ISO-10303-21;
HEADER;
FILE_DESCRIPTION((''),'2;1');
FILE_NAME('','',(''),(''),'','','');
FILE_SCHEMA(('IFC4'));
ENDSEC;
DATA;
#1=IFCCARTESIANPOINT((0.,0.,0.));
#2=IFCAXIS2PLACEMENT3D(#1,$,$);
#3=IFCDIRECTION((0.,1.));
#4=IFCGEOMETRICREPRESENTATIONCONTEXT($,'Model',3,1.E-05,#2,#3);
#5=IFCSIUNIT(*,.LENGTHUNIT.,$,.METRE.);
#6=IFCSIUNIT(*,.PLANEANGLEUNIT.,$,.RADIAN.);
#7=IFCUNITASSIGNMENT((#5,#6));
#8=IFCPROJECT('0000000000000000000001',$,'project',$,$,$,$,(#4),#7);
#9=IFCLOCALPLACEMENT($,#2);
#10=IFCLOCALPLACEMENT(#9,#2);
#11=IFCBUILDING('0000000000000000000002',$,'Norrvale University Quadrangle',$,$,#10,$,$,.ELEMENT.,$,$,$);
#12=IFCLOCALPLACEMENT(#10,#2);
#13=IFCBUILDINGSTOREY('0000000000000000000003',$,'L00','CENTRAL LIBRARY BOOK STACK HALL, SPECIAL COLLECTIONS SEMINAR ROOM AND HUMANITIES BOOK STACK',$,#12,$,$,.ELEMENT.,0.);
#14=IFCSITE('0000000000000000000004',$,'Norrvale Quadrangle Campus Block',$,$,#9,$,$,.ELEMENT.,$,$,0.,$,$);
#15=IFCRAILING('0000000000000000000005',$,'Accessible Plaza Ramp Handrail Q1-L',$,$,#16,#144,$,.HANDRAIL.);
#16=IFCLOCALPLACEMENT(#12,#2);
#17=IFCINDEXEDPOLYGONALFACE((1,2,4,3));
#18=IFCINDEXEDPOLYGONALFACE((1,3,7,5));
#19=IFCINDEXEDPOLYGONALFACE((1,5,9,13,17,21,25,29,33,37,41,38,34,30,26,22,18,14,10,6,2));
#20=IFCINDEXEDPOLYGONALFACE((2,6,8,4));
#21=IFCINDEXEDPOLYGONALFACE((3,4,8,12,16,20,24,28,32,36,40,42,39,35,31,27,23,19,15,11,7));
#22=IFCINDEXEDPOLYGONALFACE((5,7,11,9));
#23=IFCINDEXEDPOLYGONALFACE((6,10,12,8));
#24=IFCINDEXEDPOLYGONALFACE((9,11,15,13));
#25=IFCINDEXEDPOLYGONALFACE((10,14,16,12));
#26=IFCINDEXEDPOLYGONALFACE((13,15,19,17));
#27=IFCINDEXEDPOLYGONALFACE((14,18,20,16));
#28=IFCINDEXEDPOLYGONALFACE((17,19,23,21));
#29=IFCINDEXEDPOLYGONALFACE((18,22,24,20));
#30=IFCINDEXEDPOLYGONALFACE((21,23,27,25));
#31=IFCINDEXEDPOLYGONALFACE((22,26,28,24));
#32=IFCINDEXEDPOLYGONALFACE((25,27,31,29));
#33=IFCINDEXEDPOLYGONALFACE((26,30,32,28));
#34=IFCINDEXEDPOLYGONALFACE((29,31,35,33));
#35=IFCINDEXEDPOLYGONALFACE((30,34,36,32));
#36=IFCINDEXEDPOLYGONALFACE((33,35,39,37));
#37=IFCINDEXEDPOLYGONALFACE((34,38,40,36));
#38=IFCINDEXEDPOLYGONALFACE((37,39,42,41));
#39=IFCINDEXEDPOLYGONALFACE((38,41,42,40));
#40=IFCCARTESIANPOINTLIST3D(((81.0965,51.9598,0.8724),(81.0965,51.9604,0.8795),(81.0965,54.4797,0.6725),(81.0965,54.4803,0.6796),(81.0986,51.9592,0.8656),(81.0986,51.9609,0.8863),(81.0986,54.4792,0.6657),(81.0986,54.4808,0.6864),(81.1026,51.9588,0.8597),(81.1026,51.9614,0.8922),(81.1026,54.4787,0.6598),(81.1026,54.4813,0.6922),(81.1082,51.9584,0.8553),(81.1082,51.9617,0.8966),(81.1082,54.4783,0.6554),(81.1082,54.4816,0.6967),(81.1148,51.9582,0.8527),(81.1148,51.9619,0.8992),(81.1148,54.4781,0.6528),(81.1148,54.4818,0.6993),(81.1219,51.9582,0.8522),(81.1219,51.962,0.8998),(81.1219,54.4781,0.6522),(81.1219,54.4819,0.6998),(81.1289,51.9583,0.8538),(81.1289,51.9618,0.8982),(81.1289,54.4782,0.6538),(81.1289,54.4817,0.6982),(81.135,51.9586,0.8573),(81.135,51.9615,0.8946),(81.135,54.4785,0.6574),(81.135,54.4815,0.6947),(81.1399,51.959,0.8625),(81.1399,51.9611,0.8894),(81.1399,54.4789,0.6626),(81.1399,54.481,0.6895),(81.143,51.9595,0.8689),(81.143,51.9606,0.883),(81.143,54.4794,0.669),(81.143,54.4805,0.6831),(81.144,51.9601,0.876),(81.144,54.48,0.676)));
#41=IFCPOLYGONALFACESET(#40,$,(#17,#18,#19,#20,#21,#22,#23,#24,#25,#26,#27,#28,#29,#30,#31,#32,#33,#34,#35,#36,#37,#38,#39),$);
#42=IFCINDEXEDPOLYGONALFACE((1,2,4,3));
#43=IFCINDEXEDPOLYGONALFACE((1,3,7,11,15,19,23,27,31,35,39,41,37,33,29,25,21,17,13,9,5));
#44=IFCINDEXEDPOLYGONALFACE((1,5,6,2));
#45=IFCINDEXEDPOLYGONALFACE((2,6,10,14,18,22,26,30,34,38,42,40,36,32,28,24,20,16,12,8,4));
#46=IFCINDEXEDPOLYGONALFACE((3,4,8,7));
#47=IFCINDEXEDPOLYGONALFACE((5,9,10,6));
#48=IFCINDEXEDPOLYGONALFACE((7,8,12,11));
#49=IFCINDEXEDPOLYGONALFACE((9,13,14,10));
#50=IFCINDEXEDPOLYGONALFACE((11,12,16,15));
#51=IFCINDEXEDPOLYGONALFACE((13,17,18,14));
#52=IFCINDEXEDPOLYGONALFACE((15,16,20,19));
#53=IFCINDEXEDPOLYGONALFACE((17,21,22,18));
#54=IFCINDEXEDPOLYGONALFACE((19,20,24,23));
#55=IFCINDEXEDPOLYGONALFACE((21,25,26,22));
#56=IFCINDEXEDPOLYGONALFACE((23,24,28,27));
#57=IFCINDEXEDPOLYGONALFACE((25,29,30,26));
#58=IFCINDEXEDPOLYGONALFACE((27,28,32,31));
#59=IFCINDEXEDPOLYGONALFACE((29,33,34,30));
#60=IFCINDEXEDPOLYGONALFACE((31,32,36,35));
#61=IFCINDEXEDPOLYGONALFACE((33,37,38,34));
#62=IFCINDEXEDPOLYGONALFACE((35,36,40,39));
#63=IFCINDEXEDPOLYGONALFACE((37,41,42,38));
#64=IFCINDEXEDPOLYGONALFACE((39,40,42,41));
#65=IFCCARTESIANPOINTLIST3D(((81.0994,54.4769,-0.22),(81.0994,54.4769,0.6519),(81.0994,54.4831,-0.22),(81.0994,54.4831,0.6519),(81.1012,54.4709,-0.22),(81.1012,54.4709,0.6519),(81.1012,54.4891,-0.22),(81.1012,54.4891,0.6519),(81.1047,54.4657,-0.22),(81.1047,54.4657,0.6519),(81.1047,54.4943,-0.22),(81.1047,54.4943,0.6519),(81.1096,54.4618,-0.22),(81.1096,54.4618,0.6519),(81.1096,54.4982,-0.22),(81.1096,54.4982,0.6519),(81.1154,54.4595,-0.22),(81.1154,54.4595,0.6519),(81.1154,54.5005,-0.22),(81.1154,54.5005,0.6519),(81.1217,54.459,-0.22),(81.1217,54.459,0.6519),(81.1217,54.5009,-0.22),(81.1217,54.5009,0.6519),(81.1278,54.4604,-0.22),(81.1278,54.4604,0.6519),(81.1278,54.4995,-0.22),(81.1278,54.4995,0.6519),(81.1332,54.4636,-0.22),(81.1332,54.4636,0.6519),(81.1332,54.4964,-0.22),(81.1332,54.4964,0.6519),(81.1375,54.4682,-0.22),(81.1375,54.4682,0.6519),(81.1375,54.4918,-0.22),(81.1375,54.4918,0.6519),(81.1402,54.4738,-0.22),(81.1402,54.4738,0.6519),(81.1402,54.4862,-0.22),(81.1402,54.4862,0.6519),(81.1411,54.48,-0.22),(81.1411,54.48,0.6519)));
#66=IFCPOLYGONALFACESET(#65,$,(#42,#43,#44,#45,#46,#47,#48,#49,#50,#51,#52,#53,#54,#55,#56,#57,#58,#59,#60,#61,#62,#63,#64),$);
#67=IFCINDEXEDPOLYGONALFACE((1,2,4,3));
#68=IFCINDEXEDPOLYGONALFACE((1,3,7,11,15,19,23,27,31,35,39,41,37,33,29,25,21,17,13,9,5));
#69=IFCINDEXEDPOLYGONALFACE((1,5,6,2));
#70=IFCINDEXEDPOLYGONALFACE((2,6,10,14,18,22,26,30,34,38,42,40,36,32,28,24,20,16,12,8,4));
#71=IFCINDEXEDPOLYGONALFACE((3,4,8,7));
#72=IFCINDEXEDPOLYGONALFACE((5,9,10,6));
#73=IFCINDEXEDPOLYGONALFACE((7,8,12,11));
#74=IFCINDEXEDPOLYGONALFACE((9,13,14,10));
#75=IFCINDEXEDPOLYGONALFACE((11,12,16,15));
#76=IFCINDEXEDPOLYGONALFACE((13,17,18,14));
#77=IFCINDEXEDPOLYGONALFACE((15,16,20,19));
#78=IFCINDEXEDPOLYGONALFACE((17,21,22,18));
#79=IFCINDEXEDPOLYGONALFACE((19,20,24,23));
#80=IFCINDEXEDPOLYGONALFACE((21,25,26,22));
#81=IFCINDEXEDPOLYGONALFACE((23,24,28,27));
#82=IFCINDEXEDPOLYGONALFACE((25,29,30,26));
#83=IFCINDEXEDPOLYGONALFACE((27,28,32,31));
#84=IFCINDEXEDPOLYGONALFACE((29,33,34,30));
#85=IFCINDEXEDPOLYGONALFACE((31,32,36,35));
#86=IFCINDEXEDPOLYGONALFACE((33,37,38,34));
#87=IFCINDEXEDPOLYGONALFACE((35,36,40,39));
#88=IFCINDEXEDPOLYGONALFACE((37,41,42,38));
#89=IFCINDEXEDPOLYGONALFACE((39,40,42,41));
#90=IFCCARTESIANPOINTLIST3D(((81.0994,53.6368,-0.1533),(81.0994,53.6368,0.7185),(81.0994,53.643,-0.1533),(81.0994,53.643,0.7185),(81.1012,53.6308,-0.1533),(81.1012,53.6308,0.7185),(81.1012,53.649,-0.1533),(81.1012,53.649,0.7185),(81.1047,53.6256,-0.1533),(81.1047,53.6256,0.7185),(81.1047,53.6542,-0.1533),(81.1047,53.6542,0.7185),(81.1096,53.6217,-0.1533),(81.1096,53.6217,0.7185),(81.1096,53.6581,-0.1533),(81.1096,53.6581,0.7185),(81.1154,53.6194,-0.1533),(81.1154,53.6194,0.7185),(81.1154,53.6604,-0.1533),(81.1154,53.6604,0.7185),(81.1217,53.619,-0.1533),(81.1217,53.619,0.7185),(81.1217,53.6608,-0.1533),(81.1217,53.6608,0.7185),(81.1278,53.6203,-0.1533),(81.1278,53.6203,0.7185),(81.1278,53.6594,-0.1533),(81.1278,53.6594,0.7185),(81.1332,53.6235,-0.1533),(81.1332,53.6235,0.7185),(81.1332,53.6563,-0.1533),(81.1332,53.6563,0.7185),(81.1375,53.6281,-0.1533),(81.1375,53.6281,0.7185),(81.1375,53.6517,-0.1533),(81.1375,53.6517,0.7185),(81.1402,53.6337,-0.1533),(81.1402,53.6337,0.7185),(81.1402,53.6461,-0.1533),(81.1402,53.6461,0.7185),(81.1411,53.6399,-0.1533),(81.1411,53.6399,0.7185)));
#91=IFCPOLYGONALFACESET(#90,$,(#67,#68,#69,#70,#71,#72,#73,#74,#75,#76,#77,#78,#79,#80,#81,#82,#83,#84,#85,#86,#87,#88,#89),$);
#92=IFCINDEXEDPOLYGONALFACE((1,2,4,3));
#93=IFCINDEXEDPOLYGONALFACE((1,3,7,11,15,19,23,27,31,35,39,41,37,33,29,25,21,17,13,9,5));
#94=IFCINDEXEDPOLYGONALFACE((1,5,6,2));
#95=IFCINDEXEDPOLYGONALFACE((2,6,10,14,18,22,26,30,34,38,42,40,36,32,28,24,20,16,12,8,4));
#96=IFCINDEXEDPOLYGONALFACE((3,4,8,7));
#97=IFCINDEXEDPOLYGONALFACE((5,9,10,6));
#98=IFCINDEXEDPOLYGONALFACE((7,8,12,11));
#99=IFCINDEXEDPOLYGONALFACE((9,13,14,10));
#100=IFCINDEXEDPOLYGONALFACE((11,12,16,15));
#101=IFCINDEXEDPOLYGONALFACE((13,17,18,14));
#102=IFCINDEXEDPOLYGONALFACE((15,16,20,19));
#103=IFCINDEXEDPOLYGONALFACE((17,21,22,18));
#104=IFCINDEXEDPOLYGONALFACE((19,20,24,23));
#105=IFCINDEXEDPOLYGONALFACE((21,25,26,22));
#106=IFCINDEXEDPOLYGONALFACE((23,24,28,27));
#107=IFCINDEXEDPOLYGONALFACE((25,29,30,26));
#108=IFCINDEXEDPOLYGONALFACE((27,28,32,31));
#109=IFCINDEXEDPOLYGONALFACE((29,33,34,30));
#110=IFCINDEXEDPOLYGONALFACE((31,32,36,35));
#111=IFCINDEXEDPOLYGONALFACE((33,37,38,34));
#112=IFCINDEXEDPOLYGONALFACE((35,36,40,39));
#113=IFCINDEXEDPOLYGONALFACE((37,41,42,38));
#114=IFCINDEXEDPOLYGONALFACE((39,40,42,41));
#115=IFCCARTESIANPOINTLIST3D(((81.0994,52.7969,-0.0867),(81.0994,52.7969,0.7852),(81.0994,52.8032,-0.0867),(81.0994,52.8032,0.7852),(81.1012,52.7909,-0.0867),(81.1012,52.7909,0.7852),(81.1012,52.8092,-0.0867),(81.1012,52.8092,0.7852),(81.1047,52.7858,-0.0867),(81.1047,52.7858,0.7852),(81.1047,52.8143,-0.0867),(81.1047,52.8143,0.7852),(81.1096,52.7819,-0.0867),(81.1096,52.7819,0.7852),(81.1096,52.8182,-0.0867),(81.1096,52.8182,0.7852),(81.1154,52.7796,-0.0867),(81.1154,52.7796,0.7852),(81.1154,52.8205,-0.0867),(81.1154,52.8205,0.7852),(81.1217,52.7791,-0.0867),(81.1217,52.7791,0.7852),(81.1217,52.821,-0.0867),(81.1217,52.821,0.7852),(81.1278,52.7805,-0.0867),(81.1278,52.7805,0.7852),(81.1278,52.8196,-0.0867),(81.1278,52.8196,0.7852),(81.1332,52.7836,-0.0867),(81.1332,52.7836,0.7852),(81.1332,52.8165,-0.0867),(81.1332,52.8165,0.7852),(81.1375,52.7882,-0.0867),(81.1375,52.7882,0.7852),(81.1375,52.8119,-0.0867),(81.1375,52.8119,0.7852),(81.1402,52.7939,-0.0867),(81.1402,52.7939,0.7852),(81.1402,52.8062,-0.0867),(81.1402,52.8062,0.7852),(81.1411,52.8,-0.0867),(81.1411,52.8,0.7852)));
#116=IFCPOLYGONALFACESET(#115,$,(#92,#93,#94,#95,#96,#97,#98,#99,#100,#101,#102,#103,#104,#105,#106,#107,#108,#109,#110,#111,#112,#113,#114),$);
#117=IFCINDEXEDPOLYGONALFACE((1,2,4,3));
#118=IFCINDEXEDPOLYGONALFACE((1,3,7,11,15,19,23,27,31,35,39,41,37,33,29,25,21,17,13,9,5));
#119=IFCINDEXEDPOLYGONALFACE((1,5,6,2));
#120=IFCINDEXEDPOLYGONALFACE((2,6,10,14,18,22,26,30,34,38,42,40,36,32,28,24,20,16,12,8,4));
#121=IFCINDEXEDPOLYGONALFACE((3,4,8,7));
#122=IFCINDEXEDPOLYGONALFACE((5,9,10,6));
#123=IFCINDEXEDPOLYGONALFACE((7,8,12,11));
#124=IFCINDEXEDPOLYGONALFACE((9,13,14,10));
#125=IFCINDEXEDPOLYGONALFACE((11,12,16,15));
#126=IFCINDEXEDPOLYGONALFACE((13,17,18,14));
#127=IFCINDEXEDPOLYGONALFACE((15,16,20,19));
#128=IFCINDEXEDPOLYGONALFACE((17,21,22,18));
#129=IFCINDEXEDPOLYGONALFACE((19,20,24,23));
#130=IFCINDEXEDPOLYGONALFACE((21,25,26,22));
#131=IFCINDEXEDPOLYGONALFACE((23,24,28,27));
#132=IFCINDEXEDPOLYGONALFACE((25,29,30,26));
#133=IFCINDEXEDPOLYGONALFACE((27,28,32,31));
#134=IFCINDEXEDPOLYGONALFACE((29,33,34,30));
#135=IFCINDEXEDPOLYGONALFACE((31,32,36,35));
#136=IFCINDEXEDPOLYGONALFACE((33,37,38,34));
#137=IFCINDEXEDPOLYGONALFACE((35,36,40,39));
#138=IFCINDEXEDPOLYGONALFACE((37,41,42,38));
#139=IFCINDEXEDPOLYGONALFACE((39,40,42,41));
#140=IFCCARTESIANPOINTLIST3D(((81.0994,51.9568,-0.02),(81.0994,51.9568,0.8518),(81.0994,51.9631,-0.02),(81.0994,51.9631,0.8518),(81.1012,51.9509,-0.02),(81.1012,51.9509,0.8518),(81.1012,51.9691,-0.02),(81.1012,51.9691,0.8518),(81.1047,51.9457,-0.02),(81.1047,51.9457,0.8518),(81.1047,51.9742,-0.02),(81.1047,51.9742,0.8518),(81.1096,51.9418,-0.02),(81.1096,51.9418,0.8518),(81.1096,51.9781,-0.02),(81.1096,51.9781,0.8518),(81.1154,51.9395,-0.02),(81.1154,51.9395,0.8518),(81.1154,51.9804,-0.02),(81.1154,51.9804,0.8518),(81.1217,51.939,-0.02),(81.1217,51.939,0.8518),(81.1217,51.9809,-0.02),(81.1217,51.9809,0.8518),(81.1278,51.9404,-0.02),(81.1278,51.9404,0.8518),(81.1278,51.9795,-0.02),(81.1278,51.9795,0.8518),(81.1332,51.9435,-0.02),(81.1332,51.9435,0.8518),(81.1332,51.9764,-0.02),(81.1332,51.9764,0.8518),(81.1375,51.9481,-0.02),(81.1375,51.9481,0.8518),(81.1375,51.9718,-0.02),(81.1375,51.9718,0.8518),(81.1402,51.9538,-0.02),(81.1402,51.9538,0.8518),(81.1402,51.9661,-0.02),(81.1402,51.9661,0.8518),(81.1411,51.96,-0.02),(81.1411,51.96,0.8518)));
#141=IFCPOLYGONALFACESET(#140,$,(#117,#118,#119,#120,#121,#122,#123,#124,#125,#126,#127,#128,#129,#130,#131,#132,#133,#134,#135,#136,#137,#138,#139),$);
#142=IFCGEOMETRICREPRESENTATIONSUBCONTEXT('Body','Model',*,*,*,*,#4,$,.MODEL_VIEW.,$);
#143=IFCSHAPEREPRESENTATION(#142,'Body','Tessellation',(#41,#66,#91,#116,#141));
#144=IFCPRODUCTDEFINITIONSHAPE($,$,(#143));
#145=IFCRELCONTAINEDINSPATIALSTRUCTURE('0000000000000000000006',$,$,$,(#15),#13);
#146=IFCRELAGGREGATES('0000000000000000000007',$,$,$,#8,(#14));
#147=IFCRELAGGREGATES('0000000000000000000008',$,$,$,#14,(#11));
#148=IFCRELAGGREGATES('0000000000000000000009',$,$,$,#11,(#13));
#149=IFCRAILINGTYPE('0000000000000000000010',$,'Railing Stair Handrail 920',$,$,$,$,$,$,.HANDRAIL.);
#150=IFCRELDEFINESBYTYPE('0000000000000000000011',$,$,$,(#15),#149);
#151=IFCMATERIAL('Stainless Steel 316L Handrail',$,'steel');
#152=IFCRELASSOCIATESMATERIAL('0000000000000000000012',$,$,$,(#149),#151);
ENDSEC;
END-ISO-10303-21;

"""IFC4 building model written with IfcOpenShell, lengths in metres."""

from ifc_helpers import new_model, si_unit, direction, frame, origin, origin_2d, place, context, subcontext, project, spatial, circle, extrude, material, type_object, element, save


model = new_model("IFC4")

# Units and contexts
model_context = context("Model", 3, precision=1e-05, world=origin(), true_north=direction((0.0, 1.0)))
body_context = subcontext(model_context, "Body", "Model", "MODEL_VIEW")
ifc_project = project(units=[si_unit("LENGTHUNIT", "METRE"), si_unit("PLANEANGLEUNIT", "RADIAN")], contexts=[model_context])

# Site, building, storey
site_placement = place(None, origin())
site = spatial("IfcSite", under=ifc_project, at=site_placement, Name="Norrvale Quadrangle Campus Block", CompositionType="ELEMENT", RefElevation=0.0)
building_placement = place(site_placement, origin())
building = spatial("IfcBuilding", under=site, at=building_placement, Name="Norrvale University Quadrangle", CompositionType="ELEMENT")
storey_placement = place(building_placement, origin())
storey = spatial("IfcBuildingStorey", under=building, at=storey_placement, Name="L00", Description="CENTRAL LIBRARY BOOK STACK HALL, SPECIAL COLLECTIONS SEMINAR ROOM AND HUMANITIES BOOK STACK", CompositionType="ELEMENT", Elevation=0.0)

# Railing
ifc_material_1 = material(Name="Stainless Steel 316L Handrail", Category="steel")
railing_type = type_object("IfcRailingType", Name="Railing Stair Handrail 920", PredefinedType="HANDRAIL", material=ifc_material_1)
for number, where, name in (
    (1, (81.1201, 54.48, -0.22), "Accessible Plaza Ramp Handrail Q1-L"),
):
    element("IfcRailing", number, at=place(storey_placement, frame(where)), inside=storey, type_object=railing_type, Name=name, PredefinedType="HANDRAIL", context=body_context, shape_type="SweptSolid", body=[
        extrude(circle(Radius=0.0239, at=origin_2d()), frame((0.0, 0.0, 0.896), z_axis=(0.0, -0.996867, 0.079096), x_axis=(1.0, 0.0, 0.0)), (0.0, 0.0, 1.0), 2.5278),
        extrude(circle(Radius=0.021, at=origin_2d()), origin(), (0.0, 0.0, 1.0), 0.8718),
        extrude(circle(Radius=0.021, at=origin_2d()), frame((0.0, -0.8401, 0.0667)), (0.0, 0.0, 1.0), 0.8718),
        extrude(circle(Radius=0.021, at=origin_2d()), frame((0.0, -1.6799, 0.1333)), (0.0, 0.0, 1.0), 0.8718),
        extrude(circle(Radius=0.021, at=origin_2d()), frame((0.0, -2.52, 0.2)), (0.0, 0.0, 1.0), 0.8718),
    ])

save(model, "model.ifc")
